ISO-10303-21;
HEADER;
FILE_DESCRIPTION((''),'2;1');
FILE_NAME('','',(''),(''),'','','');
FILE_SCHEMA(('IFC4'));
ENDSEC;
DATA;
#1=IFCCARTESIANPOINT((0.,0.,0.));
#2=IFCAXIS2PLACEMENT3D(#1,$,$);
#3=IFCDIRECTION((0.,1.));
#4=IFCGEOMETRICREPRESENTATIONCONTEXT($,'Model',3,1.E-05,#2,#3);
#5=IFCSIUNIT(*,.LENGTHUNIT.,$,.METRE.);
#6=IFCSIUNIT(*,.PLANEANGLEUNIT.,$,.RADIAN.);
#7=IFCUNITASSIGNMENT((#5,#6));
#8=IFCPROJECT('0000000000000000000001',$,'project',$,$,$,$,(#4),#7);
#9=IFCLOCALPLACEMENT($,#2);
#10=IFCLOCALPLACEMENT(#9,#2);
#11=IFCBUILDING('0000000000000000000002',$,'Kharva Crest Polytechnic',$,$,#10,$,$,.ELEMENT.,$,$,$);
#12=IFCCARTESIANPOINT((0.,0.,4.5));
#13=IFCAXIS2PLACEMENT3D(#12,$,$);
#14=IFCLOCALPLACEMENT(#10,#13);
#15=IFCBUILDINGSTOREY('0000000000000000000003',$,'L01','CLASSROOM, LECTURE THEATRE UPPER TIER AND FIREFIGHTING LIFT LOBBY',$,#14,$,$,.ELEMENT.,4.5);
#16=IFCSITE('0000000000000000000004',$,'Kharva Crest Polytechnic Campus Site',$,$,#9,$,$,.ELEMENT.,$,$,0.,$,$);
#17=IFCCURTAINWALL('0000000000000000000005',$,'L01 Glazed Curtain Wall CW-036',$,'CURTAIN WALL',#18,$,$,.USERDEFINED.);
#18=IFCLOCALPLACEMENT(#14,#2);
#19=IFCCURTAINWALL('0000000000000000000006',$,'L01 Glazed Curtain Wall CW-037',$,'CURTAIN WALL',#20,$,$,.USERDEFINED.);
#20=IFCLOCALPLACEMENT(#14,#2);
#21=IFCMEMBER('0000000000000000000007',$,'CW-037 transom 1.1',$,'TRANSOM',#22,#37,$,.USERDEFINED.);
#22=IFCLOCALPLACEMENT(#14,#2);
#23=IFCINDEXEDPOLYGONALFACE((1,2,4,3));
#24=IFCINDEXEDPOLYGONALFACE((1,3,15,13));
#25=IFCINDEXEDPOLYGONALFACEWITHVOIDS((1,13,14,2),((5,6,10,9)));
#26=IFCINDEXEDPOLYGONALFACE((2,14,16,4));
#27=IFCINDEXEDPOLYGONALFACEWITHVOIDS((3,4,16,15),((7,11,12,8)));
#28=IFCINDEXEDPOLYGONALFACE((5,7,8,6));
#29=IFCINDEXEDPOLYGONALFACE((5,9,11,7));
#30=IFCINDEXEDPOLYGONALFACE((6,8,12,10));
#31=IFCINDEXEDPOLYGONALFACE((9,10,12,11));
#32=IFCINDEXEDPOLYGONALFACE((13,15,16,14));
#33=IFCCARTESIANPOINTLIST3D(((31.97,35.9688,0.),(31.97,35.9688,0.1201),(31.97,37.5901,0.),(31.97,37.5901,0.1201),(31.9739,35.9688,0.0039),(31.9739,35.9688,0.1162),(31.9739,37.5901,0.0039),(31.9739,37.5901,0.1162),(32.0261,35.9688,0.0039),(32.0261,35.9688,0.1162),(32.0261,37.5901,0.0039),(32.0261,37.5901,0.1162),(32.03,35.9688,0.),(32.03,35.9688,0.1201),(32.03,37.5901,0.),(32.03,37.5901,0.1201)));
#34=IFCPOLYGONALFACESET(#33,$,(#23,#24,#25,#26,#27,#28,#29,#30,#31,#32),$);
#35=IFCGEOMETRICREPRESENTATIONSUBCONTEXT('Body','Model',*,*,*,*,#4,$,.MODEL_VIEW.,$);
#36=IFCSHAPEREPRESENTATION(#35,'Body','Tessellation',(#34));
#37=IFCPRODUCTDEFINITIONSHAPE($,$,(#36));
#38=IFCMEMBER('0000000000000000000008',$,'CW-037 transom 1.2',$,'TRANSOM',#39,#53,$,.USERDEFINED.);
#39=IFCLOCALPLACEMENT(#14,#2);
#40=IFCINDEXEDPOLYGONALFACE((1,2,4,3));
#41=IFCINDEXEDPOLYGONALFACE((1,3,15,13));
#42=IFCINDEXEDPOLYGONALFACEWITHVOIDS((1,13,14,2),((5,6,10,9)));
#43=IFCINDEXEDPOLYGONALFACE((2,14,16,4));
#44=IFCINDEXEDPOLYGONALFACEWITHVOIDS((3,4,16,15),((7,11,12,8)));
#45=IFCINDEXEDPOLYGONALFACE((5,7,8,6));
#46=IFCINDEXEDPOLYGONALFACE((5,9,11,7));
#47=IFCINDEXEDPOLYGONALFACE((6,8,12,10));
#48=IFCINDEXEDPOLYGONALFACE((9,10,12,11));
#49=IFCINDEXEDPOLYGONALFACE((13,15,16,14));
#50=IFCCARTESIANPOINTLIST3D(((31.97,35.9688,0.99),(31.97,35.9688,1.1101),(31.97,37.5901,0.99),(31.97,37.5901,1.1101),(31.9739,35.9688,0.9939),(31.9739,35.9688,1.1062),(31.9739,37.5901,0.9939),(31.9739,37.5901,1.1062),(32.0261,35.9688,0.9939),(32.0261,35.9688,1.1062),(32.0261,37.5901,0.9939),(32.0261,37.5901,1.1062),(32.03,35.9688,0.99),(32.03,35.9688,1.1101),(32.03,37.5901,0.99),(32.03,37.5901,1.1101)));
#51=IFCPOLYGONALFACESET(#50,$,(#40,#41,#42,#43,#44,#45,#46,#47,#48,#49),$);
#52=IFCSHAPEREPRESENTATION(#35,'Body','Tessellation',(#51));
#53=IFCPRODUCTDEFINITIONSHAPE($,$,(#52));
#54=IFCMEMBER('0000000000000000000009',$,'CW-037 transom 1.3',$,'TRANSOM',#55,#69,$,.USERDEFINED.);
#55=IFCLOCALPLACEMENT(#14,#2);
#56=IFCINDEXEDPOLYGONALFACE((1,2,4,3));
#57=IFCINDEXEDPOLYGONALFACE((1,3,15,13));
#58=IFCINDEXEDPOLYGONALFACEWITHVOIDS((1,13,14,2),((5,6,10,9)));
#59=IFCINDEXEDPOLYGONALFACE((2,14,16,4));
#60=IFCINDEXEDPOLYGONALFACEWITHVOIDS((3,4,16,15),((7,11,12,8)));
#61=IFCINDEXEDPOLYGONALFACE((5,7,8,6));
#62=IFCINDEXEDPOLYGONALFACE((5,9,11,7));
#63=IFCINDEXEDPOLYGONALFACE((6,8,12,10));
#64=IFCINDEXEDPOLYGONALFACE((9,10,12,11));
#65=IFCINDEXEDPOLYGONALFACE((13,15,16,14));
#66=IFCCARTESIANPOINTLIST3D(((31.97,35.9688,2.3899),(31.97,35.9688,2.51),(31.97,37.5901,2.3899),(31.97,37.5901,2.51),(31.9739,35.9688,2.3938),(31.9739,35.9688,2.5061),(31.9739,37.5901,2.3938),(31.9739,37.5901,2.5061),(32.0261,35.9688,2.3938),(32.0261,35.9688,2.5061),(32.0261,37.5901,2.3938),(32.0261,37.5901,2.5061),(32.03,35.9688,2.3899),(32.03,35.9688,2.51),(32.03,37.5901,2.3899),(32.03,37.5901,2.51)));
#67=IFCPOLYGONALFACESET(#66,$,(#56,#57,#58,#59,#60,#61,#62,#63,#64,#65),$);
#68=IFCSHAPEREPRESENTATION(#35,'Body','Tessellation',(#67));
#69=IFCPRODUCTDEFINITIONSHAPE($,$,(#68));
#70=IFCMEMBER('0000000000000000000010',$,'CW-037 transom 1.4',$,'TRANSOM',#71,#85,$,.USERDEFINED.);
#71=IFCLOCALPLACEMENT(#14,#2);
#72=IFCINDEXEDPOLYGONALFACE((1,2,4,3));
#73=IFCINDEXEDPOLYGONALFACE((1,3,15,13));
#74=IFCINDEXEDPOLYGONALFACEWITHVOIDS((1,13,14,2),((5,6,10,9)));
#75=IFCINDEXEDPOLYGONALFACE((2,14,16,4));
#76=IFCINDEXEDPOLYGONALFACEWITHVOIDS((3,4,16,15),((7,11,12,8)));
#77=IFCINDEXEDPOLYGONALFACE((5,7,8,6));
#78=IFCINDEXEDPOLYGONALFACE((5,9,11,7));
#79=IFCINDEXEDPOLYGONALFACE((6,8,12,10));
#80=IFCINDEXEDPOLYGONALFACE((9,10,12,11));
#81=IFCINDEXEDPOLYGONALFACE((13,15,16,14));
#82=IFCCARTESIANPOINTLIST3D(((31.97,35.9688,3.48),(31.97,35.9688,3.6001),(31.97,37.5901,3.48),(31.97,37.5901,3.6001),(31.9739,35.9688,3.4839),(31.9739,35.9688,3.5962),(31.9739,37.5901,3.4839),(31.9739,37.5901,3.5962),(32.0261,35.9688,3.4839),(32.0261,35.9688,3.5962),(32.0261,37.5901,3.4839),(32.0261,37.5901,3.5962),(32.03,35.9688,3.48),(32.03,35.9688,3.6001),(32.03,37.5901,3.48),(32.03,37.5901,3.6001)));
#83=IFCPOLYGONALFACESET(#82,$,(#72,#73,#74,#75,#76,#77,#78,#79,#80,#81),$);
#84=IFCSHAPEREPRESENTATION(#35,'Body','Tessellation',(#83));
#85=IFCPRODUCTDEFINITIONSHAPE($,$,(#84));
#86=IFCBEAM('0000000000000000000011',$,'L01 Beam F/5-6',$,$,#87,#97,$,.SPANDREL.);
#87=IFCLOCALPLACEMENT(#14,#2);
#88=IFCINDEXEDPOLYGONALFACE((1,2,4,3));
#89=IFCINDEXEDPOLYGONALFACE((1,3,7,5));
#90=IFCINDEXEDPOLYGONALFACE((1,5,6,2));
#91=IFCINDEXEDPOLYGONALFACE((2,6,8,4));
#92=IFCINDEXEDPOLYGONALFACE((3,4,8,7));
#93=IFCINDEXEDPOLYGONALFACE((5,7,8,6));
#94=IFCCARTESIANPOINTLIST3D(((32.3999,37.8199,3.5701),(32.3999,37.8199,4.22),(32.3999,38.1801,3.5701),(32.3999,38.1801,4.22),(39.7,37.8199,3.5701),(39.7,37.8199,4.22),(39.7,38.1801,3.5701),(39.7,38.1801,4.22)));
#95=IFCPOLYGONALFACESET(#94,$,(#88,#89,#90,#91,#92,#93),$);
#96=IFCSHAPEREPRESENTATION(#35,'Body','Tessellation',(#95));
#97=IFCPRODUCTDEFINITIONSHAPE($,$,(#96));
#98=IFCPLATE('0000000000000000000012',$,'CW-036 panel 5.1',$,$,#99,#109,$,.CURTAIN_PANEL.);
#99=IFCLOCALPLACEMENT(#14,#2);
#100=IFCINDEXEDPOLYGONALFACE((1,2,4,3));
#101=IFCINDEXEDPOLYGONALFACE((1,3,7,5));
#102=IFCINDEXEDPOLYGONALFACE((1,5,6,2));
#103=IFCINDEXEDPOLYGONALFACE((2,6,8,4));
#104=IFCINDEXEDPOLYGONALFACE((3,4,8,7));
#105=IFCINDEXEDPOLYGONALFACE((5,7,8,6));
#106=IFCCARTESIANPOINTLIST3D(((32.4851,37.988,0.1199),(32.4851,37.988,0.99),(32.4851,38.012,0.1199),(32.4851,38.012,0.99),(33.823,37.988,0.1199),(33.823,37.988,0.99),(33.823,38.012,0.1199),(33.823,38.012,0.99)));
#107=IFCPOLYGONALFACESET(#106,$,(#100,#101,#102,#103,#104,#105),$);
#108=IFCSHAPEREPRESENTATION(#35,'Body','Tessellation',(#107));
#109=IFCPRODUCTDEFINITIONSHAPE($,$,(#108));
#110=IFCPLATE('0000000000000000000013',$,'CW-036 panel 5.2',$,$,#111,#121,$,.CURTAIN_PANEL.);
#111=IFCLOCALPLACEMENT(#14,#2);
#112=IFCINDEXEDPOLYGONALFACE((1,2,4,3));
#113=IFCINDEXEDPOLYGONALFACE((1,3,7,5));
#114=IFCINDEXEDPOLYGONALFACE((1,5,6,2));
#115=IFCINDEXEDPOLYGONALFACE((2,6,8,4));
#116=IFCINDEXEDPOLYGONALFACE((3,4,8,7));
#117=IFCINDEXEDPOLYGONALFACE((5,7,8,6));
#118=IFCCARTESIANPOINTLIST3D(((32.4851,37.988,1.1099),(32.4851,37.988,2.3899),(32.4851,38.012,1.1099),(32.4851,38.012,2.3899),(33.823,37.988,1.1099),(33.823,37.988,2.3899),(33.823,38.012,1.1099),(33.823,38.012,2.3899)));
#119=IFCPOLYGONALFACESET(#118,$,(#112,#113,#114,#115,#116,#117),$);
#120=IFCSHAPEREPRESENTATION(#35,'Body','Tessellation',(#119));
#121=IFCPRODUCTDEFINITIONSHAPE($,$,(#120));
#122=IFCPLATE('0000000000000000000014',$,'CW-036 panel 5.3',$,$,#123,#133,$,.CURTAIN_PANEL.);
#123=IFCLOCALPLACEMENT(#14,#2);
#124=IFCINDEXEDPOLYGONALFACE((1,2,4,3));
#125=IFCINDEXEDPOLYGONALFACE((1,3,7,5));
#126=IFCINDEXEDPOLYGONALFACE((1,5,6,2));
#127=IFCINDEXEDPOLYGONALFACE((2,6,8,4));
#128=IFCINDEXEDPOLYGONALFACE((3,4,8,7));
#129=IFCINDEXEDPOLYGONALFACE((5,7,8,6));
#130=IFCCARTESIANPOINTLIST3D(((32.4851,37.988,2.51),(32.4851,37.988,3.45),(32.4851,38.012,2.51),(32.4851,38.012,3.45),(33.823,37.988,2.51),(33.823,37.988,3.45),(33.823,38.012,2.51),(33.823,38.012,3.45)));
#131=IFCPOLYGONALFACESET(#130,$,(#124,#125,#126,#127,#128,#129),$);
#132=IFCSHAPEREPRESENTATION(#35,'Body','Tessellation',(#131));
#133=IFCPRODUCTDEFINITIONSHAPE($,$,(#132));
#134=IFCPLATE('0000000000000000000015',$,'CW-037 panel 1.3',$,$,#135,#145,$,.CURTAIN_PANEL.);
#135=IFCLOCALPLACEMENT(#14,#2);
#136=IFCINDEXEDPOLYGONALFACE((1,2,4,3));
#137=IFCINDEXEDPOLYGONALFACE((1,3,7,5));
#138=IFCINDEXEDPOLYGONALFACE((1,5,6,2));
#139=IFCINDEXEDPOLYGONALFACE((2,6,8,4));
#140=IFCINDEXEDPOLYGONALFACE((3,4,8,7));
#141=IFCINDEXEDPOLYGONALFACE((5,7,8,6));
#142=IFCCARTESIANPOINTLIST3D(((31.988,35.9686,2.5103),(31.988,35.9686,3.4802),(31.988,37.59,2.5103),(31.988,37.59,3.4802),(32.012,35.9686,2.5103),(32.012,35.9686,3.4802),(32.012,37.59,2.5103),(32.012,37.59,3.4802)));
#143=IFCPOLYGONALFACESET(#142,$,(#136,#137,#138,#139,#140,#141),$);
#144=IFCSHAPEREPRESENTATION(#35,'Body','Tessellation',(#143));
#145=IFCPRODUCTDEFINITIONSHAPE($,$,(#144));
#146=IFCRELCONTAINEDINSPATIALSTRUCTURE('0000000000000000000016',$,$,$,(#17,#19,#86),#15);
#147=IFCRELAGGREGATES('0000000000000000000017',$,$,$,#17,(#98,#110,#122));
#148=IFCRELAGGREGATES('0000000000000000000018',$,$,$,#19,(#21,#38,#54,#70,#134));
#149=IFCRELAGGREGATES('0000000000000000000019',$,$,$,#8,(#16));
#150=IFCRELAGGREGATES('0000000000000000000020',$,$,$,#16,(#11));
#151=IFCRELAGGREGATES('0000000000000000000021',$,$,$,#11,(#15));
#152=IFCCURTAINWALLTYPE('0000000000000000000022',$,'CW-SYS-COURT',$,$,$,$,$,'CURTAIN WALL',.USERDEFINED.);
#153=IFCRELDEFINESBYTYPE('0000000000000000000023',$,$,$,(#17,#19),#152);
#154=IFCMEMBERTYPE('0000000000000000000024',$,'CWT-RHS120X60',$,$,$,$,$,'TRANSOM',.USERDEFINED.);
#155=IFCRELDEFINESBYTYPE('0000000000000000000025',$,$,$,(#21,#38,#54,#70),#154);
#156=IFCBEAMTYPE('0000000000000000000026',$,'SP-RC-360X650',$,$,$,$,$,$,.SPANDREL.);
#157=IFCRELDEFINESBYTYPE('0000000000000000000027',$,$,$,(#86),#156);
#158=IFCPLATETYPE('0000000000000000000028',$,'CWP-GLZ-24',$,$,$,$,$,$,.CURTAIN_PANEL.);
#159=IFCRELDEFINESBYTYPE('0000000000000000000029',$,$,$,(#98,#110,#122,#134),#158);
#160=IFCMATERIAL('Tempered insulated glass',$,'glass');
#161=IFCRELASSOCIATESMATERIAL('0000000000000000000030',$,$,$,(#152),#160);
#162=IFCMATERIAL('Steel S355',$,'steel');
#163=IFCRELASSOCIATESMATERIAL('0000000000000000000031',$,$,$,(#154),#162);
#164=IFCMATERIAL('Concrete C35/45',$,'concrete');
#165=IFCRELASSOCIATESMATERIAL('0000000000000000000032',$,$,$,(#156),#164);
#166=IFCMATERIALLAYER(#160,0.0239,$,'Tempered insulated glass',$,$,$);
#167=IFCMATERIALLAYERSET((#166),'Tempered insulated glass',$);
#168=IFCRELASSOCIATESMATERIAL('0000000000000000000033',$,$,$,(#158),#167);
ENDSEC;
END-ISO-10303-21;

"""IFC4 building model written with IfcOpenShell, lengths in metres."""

from ifc_helpers import new_model, si_unit, direction, frame, origin, origin_2d, place, context, subcontext, project, spatial, rectangle, hollow_rectangle, extrude, material, layer, layer_set, material_profile, profile_set, type_object, element, aggregate, save


model = new_model("IFC4")

# Units and contexts
model_context = context("Model", 3, precision=1e-05, world=origin(), true_north=direction((0.0, 1.0)))
body_context = subcontext(model_context, "Body", "Model", "MODEL_VIEW")
ifc_project = project(units=[si_unit("LENGTHUNIT", "METRE"), si_unit("PLANEANGLEUNIT", "RADIAN")], contexts=[model_context])

# Site, building, storey
site_placement = place(None, origin())
site = spatial("IfcSite", under=ifc_project, at=site_placement, Name="Kharva Crest Polytechnic Campus Site", CompositionType="ELEMENT", RefElevation=0.0)
building_placement = place(site_placement, origin())
building = spatial("IfcBuilding", under=site, at=building_placement, Name="Kharva Crest Polytechnic", CompositionType="ELEMENT")
storey_placement = place(building_placement, frame((0.0, 0.0, 4.5)))
storey = spatial("IfcBuildingStorey", under=building, at=storey_placement, Name="L01", Description="CLASSROOM, LECTURE THEATRE UPPER TIER AND FIREFIGHTING LIFT LOBBY", CompositionType="ELEMENT", Elevation=4.5)

# Shared definitions
ifc_material_1 = material(Name="Steel S355", Category="steel")

# Curtain wall
ifc_material_2 = material(Name="Tempered insulated glass", Category="glass")
curtain_wall_type = type_object("IfcCurtainWallType", Name="CW-SYS-COURT", ElementType="CURTAIN WALL", PredefinedType="USERDEFINED", material=ifc_material_2)
curtain_wall_1_placement = place(storey_placement, origin())
curtain_wall_1 = element("IfcCurtainWall", 1, at=curtain_wall_1_placement, inside=storey, type_object=curtain_wall_type, Name="L01 Glazed Curtain Wall CW-036", ObjectType="CURTAIN WALL", PredefinedType="USERDEFINED")

# Curtain wall
curtain_wall_2_placement = place(storey_placement, origin())
curtain_wall_2 = element("IfcCurtainWall", 2, at=curtain_wall_2_placement, inside=storey, type_object=curtain_wall_type, Name="L01 Glazed Curtain Wall CW-037", ObjectType="CURTAIN WALL", PredefinedType="USERDEFINED")

# Members
ifc_material_profile_1 = material_profile(ifc_material_1, hollow_rectangle(XDim=0.0601, YDim=0.1201, WallThickness=0.0039, at=origin_2d()), Name="RHS 120X60X4.0")
ifc_profile_set_1 = profile_set([ifc_material_profile_1], Name="Steel S355")
member_type_1 = type_object("IfcMemberType", Name="CWT-RHS120X60", ElementType="TRANSOM", PredefinedType="USERDEFINED", material=ifc_profile_set_1)
member_1_placement = place(storey_placement, frame((32.0, 37.5901, 0.0601), z_axis=(0.0, -1.0, 0.0), x_axis=(1.0, 0.0, 0.0)))
member_1 = element("IfcMember", 3, at=member_1_placement, type_object=member_type_1, Name="CW-037 transom 1.1", ObjectType="TRANSOM", PredefinedType="USERDEFINED", context=body_context, shape_type="SweptSolid", body=[
    extrude(hollow_rectangle(XDim=0.0601, YDim=0.1201, WallThickness=0.0039, at=origin_2d()), origin(), (0.0, 0.0, 1.0), 1.6213),
])
member_2_placement = place(storey_placement, frame((32.0, 37.5901, 1.05), z_axis=(0.0, -1.0, 0.0), x_axis=(1.0, 0.0, 0.0)))
member_2 = element("IfcMember", 4, at=member_2_placement, type_object=member_type_1, Name="CW-037 transom 1.2", ObjectType="TRANSOM", PredefinedType="USERDEFINED", context=body_context, shape_type="SweptSolid", body=[
    extrude(hollow_rectangle(XDim=0.0601, YDim=0.1201, WallThickness=0.0039, at=origin_2d()), origin(), (0.0, 0.0, 1.0), 1.6213),
])
member_3_placement = place(storey_placement, frame((32.0, 37.5901, 2.45), z_axis=(0.0, -1.0, 0.0), x_axis=(1.0, 0.0, 0.0)))
member_3 = element("IfcMember", 5, at=member_3_placement, type_object=member_type_1, Name="CW-037 transom 1.3", ObjectType="TRANSOM", PredefinedType="USERDEFINED", context=body_context, shape_type="SweptSolid", body=[
    extrude(hollow_rectangle(XDim=0.0601, YDim=0.1201, WallThickness=0.0039, at=origin_2d()), origin(), (0.0, 0.0, 1.0), 1.6213),
])
member_4_placement = place(storey_placement, frame((32.0, 37.5901, 3.54), z_axis=(0.0, -1.0, 0.0), x_axis=(1.0, 0.0, 0.0)))
member_4 = element("IfcMember", 6, at=member_4_placement, type_object=member_type_1, Name="CW-037 transom 1.4", ObjectType="TRANSOM", PredefinedType="USERDEFINED", context=body_context, shape_type="SweptSolid", body=[
    extrude(hollow_rectangle(XDim=0.0601, YDim=0.1201, WallThickness=0.0039, at=origin_2d()), origin(), (0.0, 0.0, 1.0), 1.6213),
])

# Beam
ifc_material_3 = material(Name="Concrete C35/45", Category="concrete")
ifc_material_profile_2 = material_profile(ifc_material_3, rectangle(XDim=0.3601, YDim=0.6499, at=origin_2d()), Name="RECT 360 X 650")
ifc_profile_set_2 = profile_set([ifc_material_profile_2], Name="Concrete C35/45")
beam_type_1 = type_object("IfcBeamType", Name="SP-RC-360X650", PredefinedType="SPANDREL", material=ifc_profile_set_2)
beam_1_placement = place(storey_placement, frame((32.3999, 38.0, 3.895), z_axis=(1.0, 0.0, 0.0), x_axis=(0.0, 1.0, 0.0)))
element("IfcBeam", 7, at=beam_1_placement, inside=storey, type_object=beam_type_1, Name="L01 Beam F/5-6", PredefinedType="SPANDREL", context=body_context, shape_type="SweptSolid", body=[
    extrude(rectangle(XDim=0.3601, YDim=0.6499, at=origin_2d()), origin(), (0.0, 0.0, 1.0), 7.3),
])

# Plates
ifc_layer_1 = layer(ifc_material_2, 0.0239, Name="Tempered insulated glass")
ifc_layer_set_1 = layer_set([ifc_layer_1], Name="Tempered insulated glass")
plate_type = type_object("IfcPlateType", Name="CWP-GLZ-24", PredefinedType="CURTAIN_PANEL", material=ifc_layer_set_1)
plate_1_placement = place(storey_placement, frame((33.1541, 38.0, 0.1199), z_axis=(0.0, 0.0, 1.0), x_axis=(-1.0, 0.0, 0.0)))
plate_1 = element("IfcPlate", 8, at=plate_1_placement, type_object=plate_type, Name="CW-036 panel 5.1", PredefinedType="CURTAIN_PANEL", context=body_context, shape_type="SweptSolid", body=[
    extrude(rectangle(XDim=1.3379, YDim=0.0239, at=origin_2d()), origin(), (0.0, 0.0, 1.0), 0.8701),
])
plate_2_placement = place(storey_placement, frame((33.1541, 38.0, 1.1099), z_axis=(0.0, 0.0, 1.0), x_axis=(-1.0, 0.0, 0.0)))
plate_2 = element("IfcPlate", 9, at=plate_2_placement, type_object=plate_type, Name="CW-036 panel 5.2", PredefinedType="CURTAIN_PANEL", context=body_context, shape_type="SweptSolid", body=[
    extrude(rectangle(XDim=1.3379, YDim=0.0239, at=origin_2d()), origin(), (0.0, 0.0, 1.0), 1.28),
])
plate_3_placement = place(storey_placement, frame((33.1541, 38.0, 2.51), z_axis=(0.0, 0.0, 1.0), x_axis=(-1.0, 0.0, 0.0)))
plate_3 = element("IfcPlate", 10, at=plate_3_placement, type_object=plate_type, Name="CW-036 panel 5.3", PredefinedType="CURTAIN_PANEL", context=body_context, shape_type="SweptSolid", body=[
    extrude(rectangle(XDim=1.3379, YDim=0.0239, at=origin_2d()), origin(), (0.0, 0.0, 1.0), 0.9399),
])
aggregate(curtain_wall_1, [plate_1, plate_2, plate_3])
plate_4_placement = place(storey_placement, frame((32.0, 36.7793, 2.5103), z_axis=(0.0, 0.0, 1.0), x_axis=(0.0, -1.0, 0.0)))
plate_4 = element("IfcPlate", 11, at=plate_4_placement, type_object=plate_type, Name="CW-037 panel 1.3", PredefinedType="CURTAIN_PANEL", context=body_context, shape_type="SweptSolid", body=[
    extrude(rectangle(XDim=1.6213, YDim=0.0239, at=origin_2d()), origin(), (0.0, 0.0, 1.0), 0.97),
])
aggregate(curtain_wall_2, [member_1, member_2, member_3, member_4, plate_4])

save(model, "model.ifc")
